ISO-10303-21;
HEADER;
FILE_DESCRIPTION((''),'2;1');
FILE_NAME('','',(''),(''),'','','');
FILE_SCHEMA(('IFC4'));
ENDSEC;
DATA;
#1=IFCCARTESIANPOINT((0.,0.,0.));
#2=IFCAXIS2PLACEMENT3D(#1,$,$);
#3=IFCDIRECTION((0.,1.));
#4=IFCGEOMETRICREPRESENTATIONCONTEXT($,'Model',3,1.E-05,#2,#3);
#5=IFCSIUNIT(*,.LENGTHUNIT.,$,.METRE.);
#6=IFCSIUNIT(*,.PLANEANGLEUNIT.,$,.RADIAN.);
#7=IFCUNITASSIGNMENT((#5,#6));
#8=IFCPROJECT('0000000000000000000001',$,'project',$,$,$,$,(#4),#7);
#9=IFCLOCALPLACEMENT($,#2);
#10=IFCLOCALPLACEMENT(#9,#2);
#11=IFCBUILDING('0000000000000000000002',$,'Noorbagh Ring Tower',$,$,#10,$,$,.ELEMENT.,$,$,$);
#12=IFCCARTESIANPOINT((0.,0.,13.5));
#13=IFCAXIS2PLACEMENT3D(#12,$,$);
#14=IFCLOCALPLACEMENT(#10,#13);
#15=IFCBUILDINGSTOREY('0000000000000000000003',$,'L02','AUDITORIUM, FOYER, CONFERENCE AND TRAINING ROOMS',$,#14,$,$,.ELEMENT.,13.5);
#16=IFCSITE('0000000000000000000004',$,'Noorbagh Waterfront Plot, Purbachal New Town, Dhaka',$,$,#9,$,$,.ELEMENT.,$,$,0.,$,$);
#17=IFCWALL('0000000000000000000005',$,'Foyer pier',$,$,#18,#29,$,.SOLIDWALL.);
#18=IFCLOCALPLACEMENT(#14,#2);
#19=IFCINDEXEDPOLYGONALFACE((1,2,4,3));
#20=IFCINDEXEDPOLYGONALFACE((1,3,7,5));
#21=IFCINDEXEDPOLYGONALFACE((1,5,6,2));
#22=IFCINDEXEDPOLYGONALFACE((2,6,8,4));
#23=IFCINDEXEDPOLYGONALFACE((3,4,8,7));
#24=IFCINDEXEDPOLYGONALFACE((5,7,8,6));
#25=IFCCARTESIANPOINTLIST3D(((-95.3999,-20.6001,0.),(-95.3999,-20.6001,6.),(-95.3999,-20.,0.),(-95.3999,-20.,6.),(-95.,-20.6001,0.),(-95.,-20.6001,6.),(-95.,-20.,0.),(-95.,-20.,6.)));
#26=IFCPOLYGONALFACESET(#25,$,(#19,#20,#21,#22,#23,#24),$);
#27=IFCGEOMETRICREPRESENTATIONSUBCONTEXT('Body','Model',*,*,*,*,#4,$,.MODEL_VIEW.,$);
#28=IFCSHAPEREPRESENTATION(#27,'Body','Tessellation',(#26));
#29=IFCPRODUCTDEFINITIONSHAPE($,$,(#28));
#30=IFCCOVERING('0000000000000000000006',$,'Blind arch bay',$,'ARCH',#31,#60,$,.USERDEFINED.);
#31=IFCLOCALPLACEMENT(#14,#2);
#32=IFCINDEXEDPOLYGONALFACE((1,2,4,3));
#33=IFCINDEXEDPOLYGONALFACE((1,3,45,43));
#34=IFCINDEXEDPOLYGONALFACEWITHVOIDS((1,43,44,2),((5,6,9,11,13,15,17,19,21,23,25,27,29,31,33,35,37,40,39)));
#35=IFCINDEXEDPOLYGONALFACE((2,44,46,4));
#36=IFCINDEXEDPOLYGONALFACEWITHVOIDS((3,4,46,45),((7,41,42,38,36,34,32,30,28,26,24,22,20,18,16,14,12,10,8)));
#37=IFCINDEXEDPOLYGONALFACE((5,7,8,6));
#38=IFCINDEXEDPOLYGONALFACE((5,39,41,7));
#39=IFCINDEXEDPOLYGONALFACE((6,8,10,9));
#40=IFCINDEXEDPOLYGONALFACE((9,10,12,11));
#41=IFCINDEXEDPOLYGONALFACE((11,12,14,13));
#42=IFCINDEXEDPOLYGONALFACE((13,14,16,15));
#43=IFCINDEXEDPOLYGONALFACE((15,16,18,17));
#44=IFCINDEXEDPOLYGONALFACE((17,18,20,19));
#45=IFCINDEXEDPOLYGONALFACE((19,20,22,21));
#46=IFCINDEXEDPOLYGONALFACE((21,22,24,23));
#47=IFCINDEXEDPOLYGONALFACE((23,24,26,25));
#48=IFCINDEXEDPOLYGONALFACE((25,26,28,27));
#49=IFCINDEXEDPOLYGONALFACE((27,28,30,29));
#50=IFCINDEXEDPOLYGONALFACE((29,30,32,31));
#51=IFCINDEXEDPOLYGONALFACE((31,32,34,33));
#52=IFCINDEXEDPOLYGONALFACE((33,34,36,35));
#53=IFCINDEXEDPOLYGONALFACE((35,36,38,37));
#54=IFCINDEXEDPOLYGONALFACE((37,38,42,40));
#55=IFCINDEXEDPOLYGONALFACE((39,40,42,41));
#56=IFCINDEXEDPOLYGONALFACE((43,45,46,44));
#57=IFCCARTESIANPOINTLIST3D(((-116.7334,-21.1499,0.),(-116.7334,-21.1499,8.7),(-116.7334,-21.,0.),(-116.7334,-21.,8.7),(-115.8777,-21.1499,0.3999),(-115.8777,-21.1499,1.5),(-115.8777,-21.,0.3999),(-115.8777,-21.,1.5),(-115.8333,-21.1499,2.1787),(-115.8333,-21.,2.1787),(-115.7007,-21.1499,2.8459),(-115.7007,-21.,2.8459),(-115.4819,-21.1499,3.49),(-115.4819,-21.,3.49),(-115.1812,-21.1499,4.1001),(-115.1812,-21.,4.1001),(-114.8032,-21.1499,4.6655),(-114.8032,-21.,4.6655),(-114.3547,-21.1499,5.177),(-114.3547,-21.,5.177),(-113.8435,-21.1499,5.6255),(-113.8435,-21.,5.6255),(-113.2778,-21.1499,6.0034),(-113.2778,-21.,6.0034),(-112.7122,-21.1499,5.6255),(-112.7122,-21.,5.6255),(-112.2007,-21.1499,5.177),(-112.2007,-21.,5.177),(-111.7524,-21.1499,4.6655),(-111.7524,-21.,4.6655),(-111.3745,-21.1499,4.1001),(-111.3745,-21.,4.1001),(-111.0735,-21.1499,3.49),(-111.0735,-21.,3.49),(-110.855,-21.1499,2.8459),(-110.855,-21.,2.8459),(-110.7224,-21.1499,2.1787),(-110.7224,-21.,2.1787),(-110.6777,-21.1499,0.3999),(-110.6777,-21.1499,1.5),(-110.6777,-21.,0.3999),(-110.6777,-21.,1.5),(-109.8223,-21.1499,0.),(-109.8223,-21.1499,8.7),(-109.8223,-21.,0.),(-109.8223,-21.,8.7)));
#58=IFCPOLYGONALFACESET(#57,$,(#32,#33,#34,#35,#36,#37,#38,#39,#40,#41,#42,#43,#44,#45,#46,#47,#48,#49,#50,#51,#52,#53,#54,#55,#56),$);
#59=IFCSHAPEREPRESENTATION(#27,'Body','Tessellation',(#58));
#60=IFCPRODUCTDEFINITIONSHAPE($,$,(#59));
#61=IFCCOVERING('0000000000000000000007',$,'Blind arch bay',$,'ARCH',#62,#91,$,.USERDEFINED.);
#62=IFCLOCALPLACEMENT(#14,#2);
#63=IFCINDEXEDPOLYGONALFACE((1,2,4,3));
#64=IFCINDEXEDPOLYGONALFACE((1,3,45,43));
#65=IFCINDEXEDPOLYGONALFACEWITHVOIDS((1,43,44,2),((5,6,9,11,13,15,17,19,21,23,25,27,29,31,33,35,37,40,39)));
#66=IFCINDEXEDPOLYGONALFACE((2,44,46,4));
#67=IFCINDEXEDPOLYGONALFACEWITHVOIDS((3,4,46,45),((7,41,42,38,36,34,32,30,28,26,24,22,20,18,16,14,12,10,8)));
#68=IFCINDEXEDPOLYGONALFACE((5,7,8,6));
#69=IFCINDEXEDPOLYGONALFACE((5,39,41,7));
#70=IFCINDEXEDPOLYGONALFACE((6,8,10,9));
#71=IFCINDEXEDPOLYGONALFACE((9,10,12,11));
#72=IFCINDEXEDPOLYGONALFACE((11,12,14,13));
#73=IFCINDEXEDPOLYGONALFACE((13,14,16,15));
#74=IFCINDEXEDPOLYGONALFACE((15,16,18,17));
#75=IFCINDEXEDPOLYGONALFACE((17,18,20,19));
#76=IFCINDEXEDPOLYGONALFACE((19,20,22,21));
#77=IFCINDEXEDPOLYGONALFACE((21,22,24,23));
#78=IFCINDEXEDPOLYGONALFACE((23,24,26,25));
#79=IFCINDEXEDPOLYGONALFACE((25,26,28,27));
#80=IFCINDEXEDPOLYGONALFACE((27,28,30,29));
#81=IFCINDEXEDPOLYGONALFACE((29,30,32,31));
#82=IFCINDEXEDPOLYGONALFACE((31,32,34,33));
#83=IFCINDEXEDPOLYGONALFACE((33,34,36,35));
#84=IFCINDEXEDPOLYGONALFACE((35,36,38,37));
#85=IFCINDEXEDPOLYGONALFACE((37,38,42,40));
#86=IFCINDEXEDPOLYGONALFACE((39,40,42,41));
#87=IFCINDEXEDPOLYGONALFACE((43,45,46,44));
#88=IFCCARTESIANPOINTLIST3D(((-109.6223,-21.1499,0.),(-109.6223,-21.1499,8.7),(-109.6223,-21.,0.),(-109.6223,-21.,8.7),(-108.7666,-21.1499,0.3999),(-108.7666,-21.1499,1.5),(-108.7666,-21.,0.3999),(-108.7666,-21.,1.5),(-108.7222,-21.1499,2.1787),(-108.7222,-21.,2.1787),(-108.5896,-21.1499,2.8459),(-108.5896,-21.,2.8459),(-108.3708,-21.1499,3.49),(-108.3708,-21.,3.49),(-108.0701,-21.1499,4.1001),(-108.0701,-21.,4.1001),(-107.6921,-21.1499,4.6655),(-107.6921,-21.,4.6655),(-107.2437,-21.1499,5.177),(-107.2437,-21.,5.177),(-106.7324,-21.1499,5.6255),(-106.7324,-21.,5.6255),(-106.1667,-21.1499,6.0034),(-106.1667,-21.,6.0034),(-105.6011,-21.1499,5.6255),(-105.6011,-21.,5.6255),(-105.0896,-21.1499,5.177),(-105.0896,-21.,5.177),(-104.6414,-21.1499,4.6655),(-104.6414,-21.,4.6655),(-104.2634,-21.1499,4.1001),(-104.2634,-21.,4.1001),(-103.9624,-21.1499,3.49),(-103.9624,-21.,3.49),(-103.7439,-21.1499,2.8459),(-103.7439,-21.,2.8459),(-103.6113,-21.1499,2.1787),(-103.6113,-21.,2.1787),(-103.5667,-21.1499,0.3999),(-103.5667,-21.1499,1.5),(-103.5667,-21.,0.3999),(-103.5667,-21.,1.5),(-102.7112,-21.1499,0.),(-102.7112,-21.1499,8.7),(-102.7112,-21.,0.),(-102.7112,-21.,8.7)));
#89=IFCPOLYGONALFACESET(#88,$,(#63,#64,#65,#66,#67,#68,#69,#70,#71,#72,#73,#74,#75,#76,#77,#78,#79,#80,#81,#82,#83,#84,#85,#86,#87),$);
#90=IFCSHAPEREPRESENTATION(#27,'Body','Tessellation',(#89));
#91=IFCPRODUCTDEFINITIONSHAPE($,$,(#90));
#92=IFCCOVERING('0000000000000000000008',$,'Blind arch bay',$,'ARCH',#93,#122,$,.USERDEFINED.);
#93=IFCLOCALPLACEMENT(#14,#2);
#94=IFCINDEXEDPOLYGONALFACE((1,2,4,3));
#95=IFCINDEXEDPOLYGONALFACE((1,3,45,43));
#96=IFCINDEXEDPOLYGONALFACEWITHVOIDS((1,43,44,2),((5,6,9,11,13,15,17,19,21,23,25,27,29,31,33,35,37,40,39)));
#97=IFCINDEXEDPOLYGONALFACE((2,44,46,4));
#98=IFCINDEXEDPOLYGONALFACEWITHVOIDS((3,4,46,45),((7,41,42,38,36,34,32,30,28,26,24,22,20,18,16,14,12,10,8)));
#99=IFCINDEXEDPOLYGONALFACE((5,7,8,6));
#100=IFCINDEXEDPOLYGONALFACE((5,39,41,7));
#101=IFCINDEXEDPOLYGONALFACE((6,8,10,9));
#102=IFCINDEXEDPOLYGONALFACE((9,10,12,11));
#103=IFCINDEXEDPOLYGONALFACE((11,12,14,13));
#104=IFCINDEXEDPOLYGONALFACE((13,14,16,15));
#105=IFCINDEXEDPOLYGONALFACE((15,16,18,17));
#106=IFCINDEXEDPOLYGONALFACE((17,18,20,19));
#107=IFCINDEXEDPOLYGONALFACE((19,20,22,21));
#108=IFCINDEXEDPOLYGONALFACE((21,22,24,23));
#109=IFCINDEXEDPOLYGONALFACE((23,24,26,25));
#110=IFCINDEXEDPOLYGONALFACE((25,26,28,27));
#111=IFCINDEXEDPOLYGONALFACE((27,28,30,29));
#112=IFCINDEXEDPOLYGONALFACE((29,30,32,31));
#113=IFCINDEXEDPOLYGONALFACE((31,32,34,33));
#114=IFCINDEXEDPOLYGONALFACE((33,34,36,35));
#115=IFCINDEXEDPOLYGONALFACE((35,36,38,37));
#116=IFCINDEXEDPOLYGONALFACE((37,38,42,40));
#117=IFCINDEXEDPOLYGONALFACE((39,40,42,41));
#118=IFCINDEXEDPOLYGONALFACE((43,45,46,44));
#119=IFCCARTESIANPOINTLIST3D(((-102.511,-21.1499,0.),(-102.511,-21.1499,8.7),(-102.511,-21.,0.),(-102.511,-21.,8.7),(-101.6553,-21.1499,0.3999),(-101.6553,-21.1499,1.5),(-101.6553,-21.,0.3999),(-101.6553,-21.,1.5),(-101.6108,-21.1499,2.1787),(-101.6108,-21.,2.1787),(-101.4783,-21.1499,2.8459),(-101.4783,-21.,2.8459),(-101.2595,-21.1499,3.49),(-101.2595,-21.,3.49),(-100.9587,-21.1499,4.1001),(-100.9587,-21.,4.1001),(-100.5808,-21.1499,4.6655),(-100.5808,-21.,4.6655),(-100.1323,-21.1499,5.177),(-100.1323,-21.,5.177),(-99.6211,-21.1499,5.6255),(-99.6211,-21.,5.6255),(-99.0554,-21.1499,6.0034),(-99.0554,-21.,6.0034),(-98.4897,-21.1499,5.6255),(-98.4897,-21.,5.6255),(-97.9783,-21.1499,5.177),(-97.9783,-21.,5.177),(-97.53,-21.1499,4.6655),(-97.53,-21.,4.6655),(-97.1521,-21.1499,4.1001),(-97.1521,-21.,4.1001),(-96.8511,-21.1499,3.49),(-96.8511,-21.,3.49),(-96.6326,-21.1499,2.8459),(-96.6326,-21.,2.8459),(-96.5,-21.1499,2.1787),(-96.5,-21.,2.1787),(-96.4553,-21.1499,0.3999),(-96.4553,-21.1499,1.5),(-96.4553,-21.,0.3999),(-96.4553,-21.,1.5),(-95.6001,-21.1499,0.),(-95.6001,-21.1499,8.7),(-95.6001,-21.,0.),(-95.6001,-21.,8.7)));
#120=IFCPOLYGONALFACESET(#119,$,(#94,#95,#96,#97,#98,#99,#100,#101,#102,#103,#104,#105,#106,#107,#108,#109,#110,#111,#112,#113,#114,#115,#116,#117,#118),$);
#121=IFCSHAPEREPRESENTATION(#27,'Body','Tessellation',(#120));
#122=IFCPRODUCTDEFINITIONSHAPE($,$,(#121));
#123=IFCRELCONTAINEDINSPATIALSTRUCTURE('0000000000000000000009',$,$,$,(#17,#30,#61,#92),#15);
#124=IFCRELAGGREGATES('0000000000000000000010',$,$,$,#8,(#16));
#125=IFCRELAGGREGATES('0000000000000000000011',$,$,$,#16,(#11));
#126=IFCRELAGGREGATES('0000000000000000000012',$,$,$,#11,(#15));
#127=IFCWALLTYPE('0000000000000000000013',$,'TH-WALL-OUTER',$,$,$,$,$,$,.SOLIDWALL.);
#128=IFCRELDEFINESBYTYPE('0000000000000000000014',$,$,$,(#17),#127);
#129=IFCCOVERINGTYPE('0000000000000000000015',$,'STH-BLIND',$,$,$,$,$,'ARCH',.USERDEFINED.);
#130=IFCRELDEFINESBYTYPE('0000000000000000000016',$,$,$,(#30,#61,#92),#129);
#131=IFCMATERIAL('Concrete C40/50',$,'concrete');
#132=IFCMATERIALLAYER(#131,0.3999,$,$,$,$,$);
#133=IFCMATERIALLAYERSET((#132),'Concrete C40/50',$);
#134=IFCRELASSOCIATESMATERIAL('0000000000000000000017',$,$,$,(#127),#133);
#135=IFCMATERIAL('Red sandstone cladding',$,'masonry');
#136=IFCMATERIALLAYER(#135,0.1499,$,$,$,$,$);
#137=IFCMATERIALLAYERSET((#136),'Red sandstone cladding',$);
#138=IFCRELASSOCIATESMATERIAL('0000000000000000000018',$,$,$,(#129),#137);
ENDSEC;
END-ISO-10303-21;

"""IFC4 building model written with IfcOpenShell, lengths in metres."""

from ifc_helpers import new_model, si_unit, direction, frame, frame_2d, origin, place, context, subcontext, project, spatial, polyline, rectangle, outline, extrude, material, layer, layer_set, type_object, element, save


model = new_model("IFC4")

# Units and contexts
model_context = context("Model", 3, precision=1e-05, world=origin(), true_north=direction((0.0, 1.0)))
body_context = subcontext(model_context, "Body", "Model", "MODEL_VIEW")
ifc_project = project(units=[si_unit("LENGTHUNIT", "METRE"), si_unit("PLANEANGLEUNIT", "RADIAN")], contexts=[model_context])

# Site, building, storey
site_placement = place(None, origin())
site = spatial("IfcSite", under=ifc_project, at=site_placement, Name="Noorbagh Waterfront Plot, Purbachal New Town, Dhaka", CompositionType="ELEMENT", RefElevation=0.0)
building_placement = place(site_placement, origin())
building = spatial("IfcBuilding", under=site, at=building_placement, Name="Noorbagh Ring Tower", CompositionType="ELEMENT")
storey_placement = place(building_placement, frame((0.0, 0.0, 13.5)))
storey = spatial("IfcBuildingStorey", under=building, at=storey_placement, Name="L02", Description="AUDITORIUM, FOYER, CONFERENCE AND TRAINING ROOMS", CompositionType="ELEMENT", Elevation=13.5)

# Wall
ifc_material_1 = material(Name="Concrete C40/50", Category="concrete")
ifc_layer_1 = layer(ifc_material_1, 0.3999)
ifc_layer_set_1 = layer_set([ifc_layer_1], Name="Concrete C40/50")
wall_type_1 = type_object("IfcWallType", Name="TH-WALL-OUTER", PredefinedType="SOLIDWALL", material=ifc_layer_set_1)
wall_1_placement = place(storey_placement, frame((-95.2, -20.6001, 0.0), z_axis=(0.0, 0.0, 1.0), x_axis=(0.0, 1.0, 0.0)))
element("IfcWall", 1, at=wall_1_placement, inside=storey, type_object=wall_type_1, Name="Foyer pier", PredefinedType="SOLIDWALL", context=body_context, shape_type="SweptSolid", body=[
    extrude(rectangle(XDim=0.6001, YDim=0.3999, at=frame_2d((0.3, 0.0))), origin(), (0.0, 0.0, 1.0), 6.0),
])

# Coverings
ifc_material_2 = material(Name="Red sandstone cladding", Category="masonry")
ifc_layer_2 = layer(ifc_material_2, 0.1499)
ifc_layer_set_2 = layer_set([ifc_layer_2], Name="Red sandstone cladding")
covering_type = type_object("IfcCoveringType", Name="STH-BLIND", ElementType="ARCH", PredefinedType="USERDEFINED", material=ifc_layer_set_2)
for number, where, z_axis, x_axis, name in (
    (2, (-116.7334, -21.1499, 0.0), (0.0, -1.0, 0.0), (1.0, 0.0, 0.0), "Blind arch bay"),
    (3, (-109.6223, -21.1499, 0.0), (0.0, -1.0, 0.0), (1.0, 0.0, 0.0), "Blind arch bay"),
):
    element("IfcCovering", number, at=place(storey_placement, frame(where, z_axis=z_axis, x_axis=x_axis)), inside=storey, type_object=covering_type, Name=name, ObjectType="ARCH", PredefinedType="USERDEFINED", context=body_context, shape_type="SweptSolid", body=[
        extrude(outline(polyline([(0.0, 0.0), (6.9111, 0.0), (6.9111, 8.7), (0.0, 8.7), (0.0, 0.0)]), holes=[polyline([(0.8557, 0.3999), (0.8557, 1.5), (0.9001, 2.1787), (1.0327, 2.8459), (1.2515, 3.49), (1.5522, 4.1001), (1.9302, 4.6655), (2.3787, 5.177), (2.8899, 5.6255), (3.4556, 6.0034), (4.0212, 5.6255), (4.5327, 5.177), (4.981, 4.6655), (5.3589, 4.1001), (5.6599, 3.49), (5.8784, 2.8459), (6.011, 2.1787), (6.0557, 1.5), (6.0557, 0.3999), (0.8557, 0.3999)])]), origin(), (0.0, 0.0, -1.0), 0.1499),
    ])
covering_placement = place(storey_placement, frame((-102.511, -21.1499, 0.0), z_axis=(0.0, -1.0, 0.0), x_axis=(1.0, 0.0, 0.0)))
element("IfcCovering", 4, at=covering_placement, inside=storey, type_object=covering_type, Name="Blind arch bay", ObjectType="ARCH", PredefinedType="USERDEFINED", context=body_context, shape_type="SweptSolid", body=[
    extrude(outline(polyline([(0.0, 0.0), (6.9109, 0.0), (6.9109, 8.7), (0.0, 8.7), (0.0, 0.0)]), holes=[polyline([(0.8557, 0.3999), (0.8557, 1.5), (0.9001, 2.1787), (1.0327, 2.8459), (1.2515, 3.49), (1.5522, 4.1001), (1.9302, 4.6655), (2.3787, 5.177), (2.8899, 5.6255), (3.4556, 6.0034), (4.0212, 5.6255), (4.5327, 5.177), (4.981, 4.6655), (5.3589, 4.1001), (5.6599, 3.49), (5.8784, 2.8459), (6.011, 2.1787), (6.0557, 1.5), (6.0557, 0.3999), (0.8557, 0.3999)])]), origin(), (0.0, 0.0, -1.0), 0.1499),
])

save(model, "model.ifc")
